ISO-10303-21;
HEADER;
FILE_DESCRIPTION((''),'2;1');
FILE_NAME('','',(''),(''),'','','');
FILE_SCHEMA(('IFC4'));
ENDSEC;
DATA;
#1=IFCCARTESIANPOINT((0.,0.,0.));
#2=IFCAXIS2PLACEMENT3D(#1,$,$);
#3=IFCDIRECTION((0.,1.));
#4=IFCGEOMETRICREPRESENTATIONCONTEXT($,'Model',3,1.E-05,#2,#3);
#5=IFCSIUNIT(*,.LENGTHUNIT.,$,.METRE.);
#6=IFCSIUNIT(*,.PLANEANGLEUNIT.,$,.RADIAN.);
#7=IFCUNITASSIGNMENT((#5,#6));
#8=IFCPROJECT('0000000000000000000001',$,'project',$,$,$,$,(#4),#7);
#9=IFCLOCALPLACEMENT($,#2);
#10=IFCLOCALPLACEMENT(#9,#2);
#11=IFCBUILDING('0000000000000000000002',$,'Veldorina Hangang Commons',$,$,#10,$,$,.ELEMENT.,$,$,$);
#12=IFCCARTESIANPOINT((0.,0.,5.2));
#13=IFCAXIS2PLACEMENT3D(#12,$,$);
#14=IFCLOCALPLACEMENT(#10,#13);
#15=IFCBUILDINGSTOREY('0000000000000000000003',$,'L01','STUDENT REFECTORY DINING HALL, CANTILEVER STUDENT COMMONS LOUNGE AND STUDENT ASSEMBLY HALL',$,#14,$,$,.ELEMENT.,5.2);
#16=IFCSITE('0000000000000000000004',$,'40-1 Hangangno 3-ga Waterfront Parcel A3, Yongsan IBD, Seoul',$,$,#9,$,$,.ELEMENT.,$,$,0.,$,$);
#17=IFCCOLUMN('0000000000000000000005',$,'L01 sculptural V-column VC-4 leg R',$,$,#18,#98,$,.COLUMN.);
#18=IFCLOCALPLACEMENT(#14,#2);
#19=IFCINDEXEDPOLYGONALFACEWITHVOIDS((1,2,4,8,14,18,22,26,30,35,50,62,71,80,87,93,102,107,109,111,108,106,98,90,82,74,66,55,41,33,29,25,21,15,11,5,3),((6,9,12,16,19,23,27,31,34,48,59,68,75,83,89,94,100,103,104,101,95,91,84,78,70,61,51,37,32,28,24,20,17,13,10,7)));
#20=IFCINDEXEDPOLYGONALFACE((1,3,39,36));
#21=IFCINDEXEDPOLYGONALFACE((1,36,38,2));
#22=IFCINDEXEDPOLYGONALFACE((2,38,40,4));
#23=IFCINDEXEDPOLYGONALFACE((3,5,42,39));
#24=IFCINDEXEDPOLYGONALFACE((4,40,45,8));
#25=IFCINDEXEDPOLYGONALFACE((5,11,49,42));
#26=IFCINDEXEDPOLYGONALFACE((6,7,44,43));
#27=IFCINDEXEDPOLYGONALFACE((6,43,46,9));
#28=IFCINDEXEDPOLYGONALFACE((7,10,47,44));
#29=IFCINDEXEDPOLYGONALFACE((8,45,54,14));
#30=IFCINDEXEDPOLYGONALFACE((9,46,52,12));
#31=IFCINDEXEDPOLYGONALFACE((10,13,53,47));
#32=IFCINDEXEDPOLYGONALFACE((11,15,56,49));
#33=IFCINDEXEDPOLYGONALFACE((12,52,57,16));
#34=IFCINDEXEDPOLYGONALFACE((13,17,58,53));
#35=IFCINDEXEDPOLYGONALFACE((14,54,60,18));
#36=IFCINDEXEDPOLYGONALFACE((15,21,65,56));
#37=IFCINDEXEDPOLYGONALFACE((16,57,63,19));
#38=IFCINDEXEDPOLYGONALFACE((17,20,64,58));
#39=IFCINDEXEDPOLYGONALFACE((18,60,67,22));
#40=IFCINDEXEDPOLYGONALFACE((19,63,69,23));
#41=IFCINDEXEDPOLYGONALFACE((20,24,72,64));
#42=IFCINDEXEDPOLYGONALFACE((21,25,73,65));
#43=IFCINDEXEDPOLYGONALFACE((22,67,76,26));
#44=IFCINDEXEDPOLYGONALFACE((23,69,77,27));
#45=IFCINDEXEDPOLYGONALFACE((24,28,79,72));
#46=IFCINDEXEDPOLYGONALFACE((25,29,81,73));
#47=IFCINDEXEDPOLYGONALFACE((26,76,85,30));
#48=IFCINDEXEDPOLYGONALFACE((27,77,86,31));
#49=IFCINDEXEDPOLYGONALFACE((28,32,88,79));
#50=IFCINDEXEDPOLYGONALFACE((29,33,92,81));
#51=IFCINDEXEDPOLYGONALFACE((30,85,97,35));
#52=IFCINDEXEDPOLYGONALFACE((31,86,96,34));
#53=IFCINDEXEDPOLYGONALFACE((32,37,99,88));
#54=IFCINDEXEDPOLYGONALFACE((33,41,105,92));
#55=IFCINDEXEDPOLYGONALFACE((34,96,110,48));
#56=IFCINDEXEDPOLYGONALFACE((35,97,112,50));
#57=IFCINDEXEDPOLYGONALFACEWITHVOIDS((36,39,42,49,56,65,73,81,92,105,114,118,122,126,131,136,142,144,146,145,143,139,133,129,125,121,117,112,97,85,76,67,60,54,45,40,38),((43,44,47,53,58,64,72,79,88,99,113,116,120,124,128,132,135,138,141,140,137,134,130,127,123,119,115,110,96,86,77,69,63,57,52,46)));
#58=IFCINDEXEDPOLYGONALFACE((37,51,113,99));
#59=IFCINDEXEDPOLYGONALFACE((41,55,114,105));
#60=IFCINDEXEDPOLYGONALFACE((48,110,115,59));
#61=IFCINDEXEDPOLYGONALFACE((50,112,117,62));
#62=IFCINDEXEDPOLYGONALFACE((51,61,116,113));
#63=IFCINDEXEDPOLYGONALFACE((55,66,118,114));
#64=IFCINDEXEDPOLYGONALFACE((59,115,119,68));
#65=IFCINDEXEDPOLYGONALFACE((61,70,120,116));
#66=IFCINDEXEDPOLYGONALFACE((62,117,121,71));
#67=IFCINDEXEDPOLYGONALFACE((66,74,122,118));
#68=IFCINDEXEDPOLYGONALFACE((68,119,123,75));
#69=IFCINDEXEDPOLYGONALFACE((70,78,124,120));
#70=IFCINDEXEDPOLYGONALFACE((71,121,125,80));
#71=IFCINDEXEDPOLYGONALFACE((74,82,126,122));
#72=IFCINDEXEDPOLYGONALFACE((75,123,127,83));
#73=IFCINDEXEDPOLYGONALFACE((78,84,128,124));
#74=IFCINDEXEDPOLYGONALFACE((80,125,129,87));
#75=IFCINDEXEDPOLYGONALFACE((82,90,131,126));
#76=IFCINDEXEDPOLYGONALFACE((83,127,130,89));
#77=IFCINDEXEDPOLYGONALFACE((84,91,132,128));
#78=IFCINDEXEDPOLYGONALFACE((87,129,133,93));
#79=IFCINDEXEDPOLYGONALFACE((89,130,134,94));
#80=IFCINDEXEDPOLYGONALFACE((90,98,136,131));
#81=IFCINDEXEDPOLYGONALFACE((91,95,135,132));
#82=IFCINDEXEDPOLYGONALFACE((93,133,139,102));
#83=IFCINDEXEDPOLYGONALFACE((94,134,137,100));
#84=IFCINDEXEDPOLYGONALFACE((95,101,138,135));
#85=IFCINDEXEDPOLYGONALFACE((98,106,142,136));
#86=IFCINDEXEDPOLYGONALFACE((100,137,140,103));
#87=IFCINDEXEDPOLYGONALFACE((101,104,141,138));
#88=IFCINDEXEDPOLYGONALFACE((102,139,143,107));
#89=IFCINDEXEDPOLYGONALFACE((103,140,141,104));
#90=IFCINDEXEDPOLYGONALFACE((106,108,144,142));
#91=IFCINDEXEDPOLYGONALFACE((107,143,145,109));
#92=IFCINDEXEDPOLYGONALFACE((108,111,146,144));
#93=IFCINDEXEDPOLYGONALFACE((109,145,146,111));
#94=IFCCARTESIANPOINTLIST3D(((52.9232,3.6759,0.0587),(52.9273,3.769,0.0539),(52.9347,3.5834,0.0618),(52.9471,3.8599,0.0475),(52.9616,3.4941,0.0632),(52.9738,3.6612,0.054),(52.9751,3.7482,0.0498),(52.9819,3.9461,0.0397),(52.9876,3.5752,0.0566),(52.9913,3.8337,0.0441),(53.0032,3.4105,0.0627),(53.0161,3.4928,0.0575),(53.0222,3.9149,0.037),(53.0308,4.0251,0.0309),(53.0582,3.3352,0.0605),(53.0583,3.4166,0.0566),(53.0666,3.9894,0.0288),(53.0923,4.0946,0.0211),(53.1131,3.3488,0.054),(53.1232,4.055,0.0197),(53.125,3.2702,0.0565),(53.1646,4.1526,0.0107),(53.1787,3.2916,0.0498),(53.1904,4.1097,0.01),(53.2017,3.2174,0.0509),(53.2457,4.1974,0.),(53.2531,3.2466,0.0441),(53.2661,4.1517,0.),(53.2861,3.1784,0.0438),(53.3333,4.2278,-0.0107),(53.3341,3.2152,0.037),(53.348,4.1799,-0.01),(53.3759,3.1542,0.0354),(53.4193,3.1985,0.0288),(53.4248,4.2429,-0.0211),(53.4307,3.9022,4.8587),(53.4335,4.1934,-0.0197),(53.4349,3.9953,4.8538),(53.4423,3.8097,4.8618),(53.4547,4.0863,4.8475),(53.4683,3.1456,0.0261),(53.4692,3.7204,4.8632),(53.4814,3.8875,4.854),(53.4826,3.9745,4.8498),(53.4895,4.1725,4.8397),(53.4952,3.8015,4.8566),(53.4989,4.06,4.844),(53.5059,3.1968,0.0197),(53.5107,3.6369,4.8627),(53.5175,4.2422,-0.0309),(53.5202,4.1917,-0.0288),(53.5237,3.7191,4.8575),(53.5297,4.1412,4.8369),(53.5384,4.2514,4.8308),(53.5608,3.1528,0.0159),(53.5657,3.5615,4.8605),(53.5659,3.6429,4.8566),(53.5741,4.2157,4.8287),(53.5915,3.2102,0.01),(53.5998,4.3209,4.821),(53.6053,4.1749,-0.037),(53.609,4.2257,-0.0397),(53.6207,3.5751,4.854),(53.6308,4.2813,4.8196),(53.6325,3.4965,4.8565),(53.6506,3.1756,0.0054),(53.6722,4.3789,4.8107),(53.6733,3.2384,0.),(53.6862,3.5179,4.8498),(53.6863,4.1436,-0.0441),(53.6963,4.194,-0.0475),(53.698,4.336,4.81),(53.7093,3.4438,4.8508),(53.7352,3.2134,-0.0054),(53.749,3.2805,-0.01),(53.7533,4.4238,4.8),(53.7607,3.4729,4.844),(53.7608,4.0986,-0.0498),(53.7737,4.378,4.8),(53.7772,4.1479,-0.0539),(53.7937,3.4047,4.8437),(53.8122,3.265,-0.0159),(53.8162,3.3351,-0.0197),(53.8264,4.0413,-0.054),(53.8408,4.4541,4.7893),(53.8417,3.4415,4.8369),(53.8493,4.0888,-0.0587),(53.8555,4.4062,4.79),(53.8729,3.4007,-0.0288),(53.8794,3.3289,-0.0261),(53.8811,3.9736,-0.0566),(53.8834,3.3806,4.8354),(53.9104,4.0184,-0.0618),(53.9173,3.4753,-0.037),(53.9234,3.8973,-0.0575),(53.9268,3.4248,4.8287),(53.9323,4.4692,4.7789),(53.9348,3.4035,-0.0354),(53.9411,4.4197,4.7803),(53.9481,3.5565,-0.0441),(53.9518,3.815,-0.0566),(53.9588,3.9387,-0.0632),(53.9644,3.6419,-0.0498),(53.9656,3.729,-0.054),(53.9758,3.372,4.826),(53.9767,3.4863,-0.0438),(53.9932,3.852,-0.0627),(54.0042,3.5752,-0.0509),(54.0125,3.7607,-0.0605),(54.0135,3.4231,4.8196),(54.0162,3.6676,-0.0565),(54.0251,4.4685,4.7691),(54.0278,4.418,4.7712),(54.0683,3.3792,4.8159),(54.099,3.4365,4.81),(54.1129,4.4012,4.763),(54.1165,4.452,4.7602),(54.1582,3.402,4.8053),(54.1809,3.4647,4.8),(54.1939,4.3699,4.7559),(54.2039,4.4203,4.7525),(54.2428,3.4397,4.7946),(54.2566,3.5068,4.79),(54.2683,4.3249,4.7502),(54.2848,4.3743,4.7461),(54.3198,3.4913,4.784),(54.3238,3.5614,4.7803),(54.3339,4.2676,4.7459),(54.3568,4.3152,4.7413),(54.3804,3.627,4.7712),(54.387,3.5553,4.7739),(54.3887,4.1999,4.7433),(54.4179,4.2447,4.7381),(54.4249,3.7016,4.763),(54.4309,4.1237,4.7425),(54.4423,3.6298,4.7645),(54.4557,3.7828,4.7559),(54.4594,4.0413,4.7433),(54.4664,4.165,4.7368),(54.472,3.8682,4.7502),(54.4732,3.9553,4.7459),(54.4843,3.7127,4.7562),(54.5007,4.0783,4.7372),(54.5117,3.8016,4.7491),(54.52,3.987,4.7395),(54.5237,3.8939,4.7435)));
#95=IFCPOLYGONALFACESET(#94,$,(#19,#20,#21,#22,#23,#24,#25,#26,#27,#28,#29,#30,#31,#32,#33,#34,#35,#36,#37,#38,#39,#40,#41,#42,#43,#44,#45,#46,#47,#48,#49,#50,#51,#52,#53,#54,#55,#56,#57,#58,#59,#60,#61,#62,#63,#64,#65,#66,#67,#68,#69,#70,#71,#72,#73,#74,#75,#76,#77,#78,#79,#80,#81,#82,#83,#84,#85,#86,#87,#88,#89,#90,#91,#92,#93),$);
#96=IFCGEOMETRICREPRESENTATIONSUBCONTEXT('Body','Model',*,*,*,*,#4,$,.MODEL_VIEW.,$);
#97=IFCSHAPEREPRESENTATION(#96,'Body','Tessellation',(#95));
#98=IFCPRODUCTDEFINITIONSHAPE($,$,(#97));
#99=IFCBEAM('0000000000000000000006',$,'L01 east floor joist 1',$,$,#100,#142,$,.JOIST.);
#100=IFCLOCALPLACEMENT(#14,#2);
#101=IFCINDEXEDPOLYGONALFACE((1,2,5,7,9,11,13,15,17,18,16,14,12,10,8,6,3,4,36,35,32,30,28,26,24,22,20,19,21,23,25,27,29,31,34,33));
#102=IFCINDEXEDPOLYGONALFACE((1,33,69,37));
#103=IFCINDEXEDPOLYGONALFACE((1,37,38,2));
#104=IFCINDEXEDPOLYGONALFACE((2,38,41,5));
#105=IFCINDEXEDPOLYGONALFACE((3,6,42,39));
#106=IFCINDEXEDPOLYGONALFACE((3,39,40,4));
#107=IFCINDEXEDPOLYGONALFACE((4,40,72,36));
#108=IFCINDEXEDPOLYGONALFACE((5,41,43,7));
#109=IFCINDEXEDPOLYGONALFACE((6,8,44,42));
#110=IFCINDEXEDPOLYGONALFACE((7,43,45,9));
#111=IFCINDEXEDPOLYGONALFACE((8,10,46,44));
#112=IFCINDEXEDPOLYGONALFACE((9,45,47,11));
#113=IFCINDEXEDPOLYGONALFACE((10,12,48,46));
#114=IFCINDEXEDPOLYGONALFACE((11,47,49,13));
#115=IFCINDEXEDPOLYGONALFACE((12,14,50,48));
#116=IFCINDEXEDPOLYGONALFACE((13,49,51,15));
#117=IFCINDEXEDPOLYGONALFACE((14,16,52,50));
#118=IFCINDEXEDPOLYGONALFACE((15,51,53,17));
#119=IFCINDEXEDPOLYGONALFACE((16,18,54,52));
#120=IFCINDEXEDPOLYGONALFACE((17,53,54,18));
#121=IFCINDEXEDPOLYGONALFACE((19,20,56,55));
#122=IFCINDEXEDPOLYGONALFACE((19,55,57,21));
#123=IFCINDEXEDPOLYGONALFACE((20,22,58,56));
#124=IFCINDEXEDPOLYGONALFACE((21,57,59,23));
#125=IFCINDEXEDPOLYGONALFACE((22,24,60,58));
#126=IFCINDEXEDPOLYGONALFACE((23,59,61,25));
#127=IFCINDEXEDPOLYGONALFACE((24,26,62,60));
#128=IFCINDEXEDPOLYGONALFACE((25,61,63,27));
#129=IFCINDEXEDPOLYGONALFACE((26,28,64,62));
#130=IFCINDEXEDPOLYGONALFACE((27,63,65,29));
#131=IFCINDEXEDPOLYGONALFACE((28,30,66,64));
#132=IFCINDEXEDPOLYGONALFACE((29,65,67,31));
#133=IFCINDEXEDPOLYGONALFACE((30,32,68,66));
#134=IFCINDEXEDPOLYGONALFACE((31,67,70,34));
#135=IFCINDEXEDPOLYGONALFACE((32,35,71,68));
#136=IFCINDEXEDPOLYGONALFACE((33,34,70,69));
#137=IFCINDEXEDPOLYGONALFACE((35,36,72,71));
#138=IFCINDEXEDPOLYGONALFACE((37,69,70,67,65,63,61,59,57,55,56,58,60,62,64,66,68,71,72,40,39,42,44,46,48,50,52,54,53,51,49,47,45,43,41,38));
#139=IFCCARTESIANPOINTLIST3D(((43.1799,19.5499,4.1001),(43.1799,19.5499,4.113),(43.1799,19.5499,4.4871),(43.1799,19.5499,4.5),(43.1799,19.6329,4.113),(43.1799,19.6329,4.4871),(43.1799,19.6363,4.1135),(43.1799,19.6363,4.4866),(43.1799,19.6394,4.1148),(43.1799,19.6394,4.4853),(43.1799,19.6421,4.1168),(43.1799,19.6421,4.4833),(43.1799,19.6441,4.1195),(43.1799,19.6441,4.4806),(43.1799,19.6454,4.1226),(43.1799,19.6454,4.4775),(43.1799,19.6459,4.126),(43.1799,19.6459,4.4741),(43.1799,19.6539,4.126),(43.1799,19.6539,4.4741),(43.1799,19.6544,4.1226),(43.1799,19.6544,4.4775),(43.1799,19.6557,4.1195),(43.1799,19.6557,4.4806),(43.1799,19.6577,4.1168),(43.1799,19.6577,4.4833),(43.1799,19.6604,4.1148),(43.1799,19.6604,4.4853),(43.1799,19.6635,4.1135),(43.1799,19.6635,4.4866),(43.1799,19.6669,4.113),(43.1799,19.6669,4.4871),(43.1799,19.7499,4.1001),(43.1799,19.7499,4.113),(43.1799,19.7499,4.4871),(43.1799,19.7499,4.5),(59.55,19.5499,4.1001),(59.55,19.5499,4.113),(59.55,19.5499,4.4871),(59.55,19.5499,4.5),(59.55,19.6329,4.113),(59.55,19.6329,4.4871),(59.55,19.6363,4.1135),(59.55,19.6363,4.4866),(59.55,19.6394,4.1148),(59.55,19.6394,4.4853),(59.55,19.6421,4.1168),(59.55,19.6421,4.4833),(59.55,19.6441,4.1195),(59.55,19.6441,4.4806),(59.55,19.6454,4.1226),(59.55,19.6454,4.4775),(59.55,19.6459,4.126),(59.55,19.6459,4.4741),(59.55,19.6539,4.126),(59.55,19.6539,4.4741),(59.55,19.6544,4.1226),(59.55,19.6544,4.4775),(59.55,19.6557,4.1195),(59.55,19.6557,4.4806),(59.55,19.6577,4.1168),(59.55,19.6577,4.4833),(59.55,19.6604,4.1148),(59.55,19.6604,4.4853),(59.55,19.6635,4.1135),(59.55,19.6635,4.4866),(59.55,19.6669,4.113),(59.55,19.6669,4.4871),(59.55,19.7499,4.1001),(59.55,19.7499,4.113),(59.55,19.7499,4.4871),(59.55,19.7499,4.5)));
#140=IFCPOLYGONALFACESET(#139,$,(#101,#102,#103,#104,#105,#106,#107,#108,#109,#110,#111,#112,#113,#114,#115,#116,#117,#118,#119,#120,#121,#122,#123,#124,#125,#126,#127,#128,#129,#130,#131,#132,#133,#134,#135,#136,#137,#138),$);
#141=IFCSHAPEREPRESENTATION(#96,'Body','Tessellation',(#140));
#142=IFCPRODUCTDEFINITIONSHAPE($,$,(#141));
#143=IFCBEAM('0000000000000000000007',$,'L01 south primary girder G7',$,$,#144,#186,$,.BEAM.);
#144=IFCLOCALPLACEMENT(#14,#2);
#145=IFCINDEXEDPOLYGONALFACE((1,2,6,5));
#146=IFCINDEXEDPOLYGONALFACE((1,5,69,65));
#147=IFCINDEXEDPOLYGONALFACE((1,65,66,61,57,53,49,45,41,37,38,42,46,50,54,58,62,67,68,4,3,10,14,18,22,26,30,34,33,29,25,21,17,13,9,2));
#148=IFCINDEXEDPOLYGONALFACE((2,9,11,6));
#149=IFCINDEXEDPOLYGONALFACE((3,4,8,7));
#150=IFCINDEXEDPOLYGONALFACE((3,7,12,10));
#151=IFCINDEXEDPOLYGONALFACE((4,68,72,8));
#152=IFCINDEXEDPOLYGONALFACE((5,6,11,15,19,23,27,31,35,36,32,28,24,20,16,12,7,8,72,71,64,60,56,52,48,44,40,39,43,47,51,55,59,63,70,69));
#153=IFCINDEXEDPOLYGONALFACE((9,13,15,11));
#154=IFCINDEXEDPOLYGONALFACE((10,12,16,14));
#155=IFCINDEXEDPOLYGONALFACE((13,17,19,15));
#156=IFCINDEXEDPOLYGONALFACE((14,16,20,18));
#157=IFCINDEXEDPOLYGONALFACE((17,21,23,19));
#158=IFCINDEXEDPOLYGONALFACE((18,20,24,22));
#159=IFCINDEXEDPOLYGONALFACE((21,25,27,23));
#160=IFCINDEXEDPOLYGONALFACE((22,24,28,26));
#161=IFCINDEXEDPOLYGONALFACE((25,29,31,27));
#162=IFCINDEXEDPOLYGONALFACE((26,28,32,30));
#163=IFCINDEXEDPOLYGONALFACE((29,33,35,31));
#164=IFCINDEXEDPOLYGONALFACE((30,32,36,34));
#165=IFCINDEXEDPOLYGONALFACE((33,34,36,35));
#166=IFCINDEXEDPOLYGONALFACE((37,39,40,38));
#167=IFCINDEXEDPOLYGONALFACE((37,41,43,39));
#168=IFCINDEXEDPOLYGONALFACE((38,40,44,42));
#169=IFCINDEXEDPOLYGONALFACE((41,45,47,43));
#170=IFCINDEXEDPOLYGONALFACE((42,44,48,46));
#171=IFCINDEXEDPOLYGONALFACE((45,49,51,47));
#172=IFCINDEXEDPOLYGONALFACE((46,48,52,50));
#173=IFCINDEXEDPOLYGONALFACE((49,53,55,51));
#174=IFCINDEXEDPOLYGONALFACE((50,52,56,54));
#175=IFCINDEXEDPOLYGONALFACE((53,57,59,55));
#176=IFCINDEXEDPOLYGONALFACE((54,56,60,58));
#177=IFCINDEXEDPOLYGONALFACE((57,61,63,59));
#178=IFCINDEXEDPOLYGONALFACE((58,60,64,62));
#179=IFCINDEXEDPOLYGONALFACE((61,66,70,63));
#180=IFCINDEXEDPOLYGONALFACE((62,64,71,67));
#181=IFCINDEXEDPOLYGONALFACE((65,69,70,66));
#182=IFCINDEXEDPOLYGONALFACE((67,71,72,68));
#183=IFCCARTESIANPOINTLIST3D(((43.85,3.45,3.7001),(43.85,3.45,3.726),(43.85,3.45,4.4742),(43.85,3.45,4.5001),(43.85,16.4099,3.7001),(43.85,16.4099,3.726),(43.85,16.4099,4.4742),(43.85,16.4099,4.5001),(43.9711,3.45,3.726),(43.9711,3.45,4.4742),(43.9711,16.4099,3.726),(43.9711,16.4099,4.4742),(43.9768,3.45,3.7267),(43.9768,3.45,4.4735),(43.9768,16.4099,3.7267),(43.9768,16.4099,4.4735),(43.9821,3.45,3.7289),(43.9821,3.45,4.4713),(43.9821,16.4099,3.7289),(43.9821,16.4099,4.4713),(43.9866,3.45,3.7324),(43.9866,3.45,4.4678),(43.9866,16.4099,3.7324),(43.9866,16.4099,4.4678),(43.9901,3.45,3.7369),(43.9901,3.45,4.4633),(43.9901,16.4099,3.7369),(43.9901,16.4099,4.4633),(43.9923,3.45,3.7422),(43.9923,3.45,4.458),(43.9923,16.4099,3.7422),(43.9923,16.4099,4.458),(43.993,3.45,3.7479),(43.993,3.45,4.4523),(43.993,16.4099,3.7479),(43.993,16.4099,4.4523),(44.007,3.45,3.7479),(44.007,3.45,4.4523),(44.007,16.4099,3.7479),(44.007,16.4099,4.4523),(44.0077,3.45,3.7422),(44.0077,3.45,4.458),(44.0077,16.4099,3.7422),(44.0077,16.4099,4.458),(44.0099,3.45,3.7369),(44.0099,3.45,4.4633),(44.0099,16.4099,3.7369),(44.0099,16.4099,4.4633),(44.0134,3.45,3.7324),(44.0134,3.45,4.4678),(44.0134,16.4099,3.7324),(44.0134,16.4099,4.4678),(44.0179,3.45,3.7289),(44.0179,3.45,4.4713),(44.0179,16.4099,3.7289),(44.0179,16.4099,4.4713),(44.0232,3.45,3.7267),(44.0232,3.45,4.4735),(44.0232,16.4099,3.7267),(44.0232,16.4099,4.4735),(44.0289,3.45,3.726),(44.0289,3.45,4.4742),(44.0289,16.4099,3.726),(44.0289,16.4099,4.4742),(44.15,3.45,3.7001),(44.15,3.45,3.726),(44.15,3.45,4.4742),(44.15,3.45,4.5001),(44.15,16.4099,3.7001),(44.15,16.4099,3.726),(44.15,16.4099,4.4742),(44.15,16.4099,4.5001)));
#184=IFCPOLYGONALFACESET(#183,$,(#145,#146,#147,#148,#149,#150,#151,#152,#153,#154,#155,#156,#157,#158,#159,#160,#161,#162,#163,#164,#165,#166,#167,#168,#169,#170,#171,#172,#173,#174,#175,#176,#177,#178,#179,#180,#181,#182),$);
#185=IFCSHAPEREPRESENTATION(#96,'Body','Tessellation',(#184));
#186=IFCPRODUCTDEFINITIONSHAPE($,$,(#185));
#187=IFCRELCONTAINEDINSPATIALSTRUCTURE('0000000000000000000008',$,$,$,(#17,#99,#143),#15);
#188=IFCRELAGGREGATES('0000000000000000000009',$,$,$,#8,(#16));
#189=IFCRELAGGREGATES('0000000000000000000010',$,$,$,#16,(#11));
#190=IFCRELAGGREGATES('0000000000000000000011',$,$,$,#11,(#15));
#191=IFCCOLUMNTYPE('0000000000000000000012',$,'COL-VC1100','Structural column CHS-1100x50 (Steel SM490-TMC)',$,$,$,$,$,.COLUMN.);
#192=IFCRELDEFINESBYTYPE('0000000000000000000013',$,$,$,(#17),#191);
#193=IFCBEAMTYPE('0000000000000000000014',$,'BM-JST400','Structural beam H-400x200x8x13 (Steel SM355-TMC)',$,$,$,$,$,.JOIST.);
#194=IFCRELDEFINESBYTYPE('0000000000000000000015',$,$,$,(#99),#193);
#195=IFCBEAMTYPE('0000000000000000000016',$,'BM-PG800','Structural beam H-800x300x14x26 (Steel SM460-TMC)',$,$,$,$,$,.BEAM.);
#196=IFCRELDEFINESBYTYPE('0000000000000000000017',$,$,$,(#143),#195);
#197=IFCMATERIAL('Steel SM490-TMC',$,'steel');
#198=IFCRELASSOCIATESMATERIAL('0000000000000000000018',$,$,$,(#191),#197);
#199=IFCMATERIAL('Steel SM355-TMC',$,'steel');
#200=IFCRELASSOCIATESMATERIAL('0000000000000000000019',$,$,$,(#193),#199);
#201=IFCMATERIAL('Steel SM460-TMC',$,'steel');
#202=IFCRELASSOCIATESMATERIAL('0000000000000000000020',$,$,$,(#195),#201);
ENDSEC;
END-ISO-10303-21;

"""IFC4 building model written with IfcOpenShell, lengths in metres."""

from ifc_helpers import new_model, si_unit, direction, frame, origin, origin_2d, place, context, subcontext, project, spatial, hollow_circle, i_section, extrude, material, material_profile, profile_set, type_object, element, save


model = new_model("IFC4")

# Units and contexts
model_context = context("Model", 3, precision=1e-05, world=origin(), true_north=direction((0.0, 1.0)))
body_context = subcontext(model_context, "Body", "Model", "MODEL_VIEW")
ifc_project = project(units=[si_unit("LENGTHUNIT", "METRE"), si_unit("PLANEANGLEUNIT", "RADIAN")], contexts=[model_context])

# Site, building, storey
site_placement = place(None, origin())
site = spatial("IfcSite", under=ifc_project, at=site_placement, Name="40-1 Hangangno 3-ga Waterfront Parcel A3, Yongsan IBD, Seoul", CompositionType="ELEMENT", RefElevation=0.0)
building_placement = place(site_placement, origin())
building = spatial("IfcBuilding", under=site, at=building_placement, Name="Veldorina Hangang Commons", CompositionType="ELEMENT")
storey_placement = place(building_placement, frame((0.0, 0.0, 5.2)))
storey = spatial("IfcBuildingStorey", under=building, at=storey_placement, Name="L01", Description="STUDENT REFECTORY DINING HALL, CANTILEVER STUDENT COMMONS LOUNGE AND STUDENT ASSEMBLY HALL", CompositionType="ELEMENT", Elevation=5.2)

# Column
ifc_material_1 = material(Name="Steel SM460-TMC", Category="steel")
ifc_material_2 = material(Name="Steel SM490-TMC", Category="steel")
ifc_material_profile_1 = material_profile(ifc_material_2, hollow_circle(Radius=0.55, WallThickness=0.05, at=origin_2d()), Name="CHS-1100x50")
ifc_profile_set_1 = profile_set([ifc_material_profile_1], Name="Steel SM490-TMC")
column_type_1 = type_object("IfcColumnType", Name="COL-VC1100", Description="Structural column CHS-1100x50 (Steel SM490-TMC)", PredefinedType="COLUMN", material=ifc_profile_set_1)
for number, where, z_axis, x_axis, name in (
    (1, (53.4697, 3.6951, 0.0), (0.105041, 0.046836, 0.993364), (-0.407239, 0.913322, 0.0), "L01 sculptural V-column VC-4 leg R"),
):
    element("IfcColumn", number, at=place(storey_placement, frame(where, z_axis=z_axis, x_axis=x_axis)), inside=storey, type_object=column_type_1, Name=name, PredefinedType="COLUMN", context=body_context, shape_type="SweptSolid", body=[
        extrude(hollow_circle(Radius=0.55, WallThickness=0.05, at=origin_2d()), origin(), (0.0, 0.0, 1.0), 4.832),
    ])

# Beams
ifc_material_3 = material(Name="Steel SM355-TMC", Category="steel")
ifc_material_profile_2 = material_profile(ifc_material_3, i_section(OverallWidth=0.2, OverallDepth=0.3999, WebThickness=0.0081, FlangeThickness=0.0129, FilletRadius=0.0129, at=origin_2d()), Name="H-400x200x8x13")
ifc_profile_set_2 = profile_set([ifc_material_profile_2], Name="Steel SM355-TMC")
beam_type_1 = type_object("IfcBeamType", Name="BM-JST400", Description="Structural beam H-400x200x8x13 (Steel SM355-TMC)", PredefinedType="JOIST", material=ifc_profile_set_2)
beam_1_placement = place(storey_placement, frame((43.1799, 19.6499, 4.3), z_axis=(1.0, 0.0, 0.0), x_axis=(0.0, 1.0, 0.0)))
element("IfcBeam", 2, at=beam_1_placement, inside=storey, type_object=beam_type_1, Name="L01 east floor joist 1", PredefinedType="JOIST", context=body_context, shape_type="SweptSolid", body=[
    extrude(i_section(OverallWidth=0.2, OverallDepth=0.3999, WebThickness=0.0081, FlangeThickness=0.0129, FilletRadius=0.0129, at=origin_2d()), origin(), (0.0, 0.0, 1.0), 16.3701),
])
ifc_material_profile_3 = material_profile(ifc_material_1, i_section(OverallWidth=0.3, OverallDepth=0.8, WebThickness=0.0139, FlangeThickness=0.0259, FilletRadius=0.022, at=origin_2d()), Name="H-800x300x14x26")
ifc_profile_set_3 = profile_set([ifc_material_profile_3], Name="Steel SM460-TMC")
beam_type_2 = type_object("IfcBeamType", Name="BM-PG800", Description="Structural beam H-800x300x14x26 (Steel SM460-TMC)", PredefinedType="BEAM", material=ifc_profile_set_3)
beam_2_placement = place(storey_placement, frame((44.0, 3.45, 4.1001), z_axis=(0.0, 1.0, 0.0), x_axis=(-1.0, 0.0, 0.0)))
element("IfcBeam", 3, at=beam_2_placement, inside=storey, type_object=beam_type_2, Name="L01 south primary girder G7", PredefinedType="BEAM", context=body_context, shape_type="SweptSolid", body=[
    extrude(i_section(OverallWidth=0.3, OverallDepth=0.8, WebThickness=0.0139, FlangeThickness=0.0259, FilletRadius=0.022, at=origin_2d()), origin(), (0.0, 0.0, 1.0), 12.96),
])

save(model, "model.ifc")
